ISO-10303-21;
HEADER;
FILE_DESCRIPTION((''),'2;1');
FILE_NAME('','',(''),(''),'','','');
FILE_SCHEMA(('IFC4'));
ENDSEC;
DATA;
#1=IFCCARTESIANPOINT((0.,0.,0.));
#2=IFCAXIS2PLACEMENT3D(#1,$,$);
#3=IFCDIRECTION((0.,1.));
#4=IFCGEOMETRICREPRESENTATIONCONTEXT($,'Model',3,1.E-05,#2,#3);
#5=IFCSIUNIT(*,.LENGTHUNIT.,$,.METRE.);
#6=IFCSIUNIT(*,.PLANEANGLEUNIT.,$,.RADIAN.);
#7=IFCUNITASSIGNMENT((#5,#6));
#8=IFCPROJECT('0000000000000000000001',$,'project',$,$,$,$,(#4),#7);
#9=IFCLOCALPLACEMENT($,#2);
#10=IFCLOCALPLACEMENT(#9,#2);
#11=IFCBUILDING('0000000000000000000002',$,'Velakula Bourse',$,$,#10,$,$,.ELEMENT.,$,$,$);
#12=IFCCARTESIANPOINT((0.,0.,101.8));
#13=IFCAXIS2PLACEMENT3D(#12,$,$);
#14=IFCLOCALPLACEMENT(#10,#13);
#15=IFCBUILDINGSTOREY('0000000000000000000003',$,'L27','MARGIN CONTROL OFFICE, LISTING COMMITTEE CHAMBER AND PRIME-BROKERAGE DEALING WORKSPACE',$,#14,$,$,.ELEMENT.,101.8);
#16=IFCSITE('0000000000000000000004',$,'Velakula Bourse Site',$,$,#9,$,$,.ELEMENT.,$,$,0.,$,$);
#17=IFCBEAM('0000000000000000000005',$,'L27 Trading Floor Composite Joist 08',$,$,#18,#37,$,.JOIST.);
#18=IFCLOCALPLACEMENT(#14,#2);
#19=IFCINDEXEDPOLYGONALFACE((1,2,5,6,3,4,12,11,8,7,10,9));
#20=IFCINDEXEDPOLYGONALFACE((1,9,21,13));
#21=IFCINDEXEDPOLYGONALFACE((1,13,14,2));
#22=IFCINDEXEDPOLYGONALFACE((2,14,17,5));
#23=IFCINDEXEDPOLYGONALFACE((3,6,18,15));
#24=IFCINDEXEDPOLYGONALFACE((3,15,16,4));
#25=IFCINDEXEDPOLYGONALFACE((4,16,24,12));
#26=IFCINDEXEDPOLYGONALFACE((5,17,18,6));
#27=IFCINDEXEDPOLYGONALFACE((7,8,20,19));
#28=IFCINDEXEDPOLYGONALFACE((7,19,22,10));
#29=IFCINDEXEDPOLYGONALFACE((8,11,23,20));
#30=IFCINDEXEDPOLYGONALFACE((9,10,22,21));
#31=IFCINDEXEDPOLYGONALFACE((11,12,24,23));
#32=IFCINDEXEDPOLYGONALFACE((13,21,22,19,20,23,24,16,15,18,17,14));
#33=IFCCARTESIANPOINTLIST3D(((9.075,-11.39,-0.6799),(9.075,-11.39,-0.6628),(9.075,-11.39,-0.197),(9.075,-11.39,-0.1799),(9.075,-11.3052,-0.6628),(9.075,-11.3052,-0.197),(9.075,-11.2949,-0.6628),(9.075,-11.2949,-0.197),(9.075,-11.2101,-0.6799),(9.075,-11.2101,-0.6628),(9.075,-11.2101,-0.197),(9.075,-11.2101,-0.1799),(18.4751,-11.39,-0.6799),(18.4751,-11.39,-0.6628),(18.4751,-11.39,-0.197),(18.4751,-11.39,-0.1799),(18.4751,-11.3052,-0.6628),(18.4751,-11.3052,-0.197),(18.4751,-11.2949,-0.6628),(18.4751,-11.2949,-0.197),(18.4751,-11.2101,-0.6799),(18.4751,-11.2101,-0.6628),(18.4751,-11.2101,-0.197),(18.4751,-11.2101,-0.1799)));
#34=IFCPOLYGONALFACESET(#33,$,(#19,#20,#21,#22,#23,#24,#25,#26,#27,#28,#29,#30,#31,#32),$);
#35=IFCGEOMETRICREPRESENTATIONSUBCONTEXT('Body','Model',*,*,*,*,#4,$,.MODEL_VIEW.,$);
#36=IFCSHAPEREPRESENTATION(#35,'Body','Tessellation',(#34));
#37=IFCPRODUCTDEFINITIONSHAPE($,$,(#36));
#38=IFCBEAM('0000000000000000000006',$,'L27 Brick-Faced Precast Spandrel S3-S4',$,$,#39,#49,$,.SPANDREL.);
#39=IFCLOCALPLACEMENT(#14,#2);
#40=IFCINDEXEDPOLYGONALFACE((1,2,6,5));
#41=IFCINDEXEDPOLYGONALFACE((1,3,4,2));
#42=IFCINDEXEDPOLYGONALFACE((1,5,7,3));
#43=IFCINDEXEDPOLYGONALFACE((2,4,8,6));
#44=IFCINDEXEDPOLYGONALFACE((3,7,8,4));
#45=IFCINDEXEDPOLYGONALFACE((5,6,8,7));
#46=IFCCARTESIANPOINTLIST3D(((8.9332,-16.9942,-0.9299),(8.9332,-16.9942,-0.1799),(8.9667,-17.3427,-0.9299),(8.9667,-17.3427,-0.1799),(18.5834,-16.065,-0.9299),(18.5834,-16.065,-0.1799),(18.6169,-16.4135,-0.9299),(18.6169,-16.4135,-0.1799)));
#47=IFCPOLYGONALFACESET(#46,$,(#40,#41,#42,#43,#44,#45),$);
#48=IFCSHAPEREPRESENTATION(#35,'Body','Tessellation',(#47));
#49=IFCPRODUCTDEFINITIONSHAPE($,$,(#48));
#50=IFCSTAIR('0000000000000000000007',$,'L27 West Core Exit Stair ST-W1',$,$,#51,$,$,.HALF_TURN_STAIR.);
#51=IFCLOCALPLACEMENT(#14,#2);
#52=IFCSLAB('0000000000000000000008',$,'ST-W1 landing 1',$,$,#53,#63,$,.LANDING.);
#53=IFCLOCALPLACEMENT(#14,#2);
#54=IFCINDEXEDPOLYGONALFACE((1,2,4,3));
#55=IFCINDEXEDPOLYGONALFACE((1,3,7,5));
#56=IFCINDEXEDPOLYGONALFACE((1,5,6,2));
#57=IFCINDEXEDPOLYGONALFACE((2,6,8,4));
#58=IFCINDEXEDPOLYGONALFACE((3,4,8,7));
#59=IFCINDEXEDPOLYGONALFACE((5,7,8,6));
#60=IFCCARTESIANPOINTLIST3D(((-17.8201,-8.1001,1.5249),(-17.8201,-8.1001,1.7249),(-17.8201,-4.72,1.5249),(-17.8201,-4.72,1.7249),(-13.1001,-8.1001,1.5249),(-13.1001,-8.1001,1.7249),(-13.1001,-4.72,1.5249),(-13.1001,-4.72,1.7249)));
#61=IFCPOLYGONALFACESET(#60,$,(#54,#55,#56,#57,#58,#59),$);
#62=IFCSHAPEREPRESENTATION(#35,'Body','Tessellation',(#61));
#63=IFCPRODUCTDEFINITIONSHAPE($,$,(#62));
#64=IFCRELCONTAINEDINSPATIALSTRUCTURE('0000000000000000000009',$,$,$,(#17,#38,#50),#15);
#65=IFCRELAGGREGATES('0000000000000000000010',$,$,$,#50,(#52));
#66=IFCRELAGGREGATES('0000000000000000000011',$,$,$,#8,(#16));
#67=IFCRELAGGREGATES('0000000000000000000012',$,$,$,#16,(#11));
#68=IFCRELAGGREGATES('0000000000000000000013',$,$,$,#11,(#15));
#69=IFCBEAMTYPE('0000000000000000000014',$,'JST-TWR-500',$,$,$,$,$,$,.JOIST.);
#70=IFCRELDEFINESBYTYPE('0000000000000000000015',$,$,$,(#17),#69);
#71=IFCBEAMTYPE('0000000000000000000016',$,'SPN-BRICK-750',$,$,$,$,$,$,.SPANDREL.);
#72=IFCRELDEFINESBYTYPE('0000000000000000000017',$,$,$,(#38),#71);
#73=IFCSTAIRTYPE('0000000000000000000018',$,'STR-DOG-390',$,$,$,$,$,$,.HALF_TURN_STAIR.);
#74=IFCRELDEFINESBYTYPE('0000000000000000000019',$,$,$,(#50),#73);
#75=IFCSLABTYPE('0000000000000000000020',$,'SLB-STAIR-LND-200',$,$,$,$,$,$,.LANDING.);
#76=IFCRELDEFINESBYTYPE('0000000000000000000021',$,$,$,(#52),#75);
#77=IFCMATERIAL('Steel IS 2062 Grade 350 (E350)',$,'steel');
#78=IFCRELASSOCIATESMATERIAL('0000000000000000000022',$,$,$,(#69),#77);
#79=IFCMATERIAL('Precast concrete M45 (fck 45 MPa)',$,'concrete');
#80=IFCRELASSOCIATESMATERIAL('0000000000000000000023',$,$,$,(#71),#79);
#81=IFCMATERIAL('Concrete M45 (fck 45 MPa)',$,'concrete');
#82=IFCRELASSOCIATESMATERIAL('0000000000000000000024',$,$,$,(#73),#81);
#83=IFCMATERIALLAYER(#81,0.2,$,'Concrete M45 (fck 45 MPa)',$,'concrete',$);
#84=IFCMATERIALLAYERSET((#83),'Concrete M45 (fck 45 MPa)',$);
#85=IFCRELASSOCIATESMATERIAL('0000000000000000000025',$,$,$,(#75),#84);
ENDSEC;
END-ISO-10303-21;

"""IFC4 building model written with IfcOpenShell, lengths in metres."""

from ifc_helpers import new_model, si_unit, direction, frame, origin, origin_2d, place, context, subcontext, project, spatial, polyline, rectangle, i_section, outline, extrude, material, layer, layer_set, material_profile, profile_set, type_object, element, aggregate, save


model = new_model("IFC4")

# Units and contexts
model_context = context("Model", 3, precision=1e-05, world=origin(), true_north=direction((0.0, 1.0)))
body_context = subcontext(model_context, "Body", "Model", "MODEL_VIEW")
ifc_project = project(units=[si_unit("LENGTHUNIT", "METRE"), si_unit("PLANEANGLEUNIT", "RADIAN")], contexts=[model_context])

# Site, building, storey
site_placement = place(None, origin())
site = spatial("IfcSite", under=ifc_project, at=site_placement, Name="Velakula Bourse Site", CompositionType="ELEMENT", RefElevation=0.0)
building_placement = place(site_placement, origin())
building = spatial("IfcBuilding", under=site, at=building_placement, Name="Velakula Bourse", CompositionType="ELEMENT")
storey_placement = place(building_placement, frame((0.0, 0.0, 101.8)))
storey = spatial("IfcBuildingStorey", under=building, at=storey_placement, Name="L27", Description="MARGIN CONTROL OFFICE, LISTING COMMITTEE CHAMBER AND PRIME-BROKERAGE DEALING WORKSPACE", CompositionType="ELEMENT", Elevation=101.8)

# Beams
ifc_material_1 = material(Name="Steel IS 2062 Grade 350 (E350)", Category="steel")
ifc_material_profile_1 = material_profile(ifc_material_1, i_section(OverallWidth=0.1799, OverallDepth=0.5, WebThickness=0.0103, FlangeThickness=0.0171, at=origin_2d()), Name="Steel IS 2062 Grade 350 (E350)")
ifc_profile_set_1 = profile_set([ifc_material_profile_1], Name="Steel IS 2062 Grade 350 (E350)")
beam_type_1 = type_object("IfcBeamType", Name="JST-TWR-500", PredefinedType="JOIST", material=ifc_profile_set_1)
beam_1_placement = place(storey_placement, frame((9.075, -11.3, -0.4299), z_axis=(1.0, 0.0, 0.0), x_axis=(0.0, 1.0, 0.0)))
element("IfcBeam", 1, at=beam_1_placement, inside=storey, type_object=beam_type_1, Name="L27 Trading Floor Composite Joist 08", PredefinedType="JOIST", context=body_context, shape_type="SweptSolid", body=[
    extrude(i_section(OverallWidth=0.1799, OverallDepth=0.5, WebThickness=0.0103, FlangeThickness=0.0171, at=origin_2d()), origin(), (0.0, 0.0, 1.0), 9.4001),
])
ifc_material_2 = material(Name="Precast concrete M45 (fck 45 MPa)", Category="concrete")
ifc_material_profile_2 = material_profile(ifc_material_2, rectangle(XDim=0.3501, YDim=0.75, at=origin_2d()), Name="Precast concrete M45 (fck 45 MPa)")
ifc_profile_set_2 = profile_set([ifc_material_profile_2], Name="Precast concrete M45 (fck 45 MPa)")
beam_type_2 = type_object("IfcBeamType", Name="SPN-BRICK-750", PredefinedType="SPANDREL", material=ifc_profile_set_2)
beam_2_placement = place(storey_placement, frame((8.95, -17.1685, -0.5549), z_axis=(0.995396, 0.095845, 0.0), x_axis=(-0.095845, 0.995396, 0.0)))
element("IfcBeam", 2, at=beam_2_placement, inside=storey, type_object=beam_type_2, Name="L27 Brick-Faced Precast Spandrel S3-S4", PredefinedType="SPANDREL", context=body_context, shape_type="SweptSolid", body=[
    extrude(rectangle(XDim=0.3501, YDim=0.75, at=origin_2d()), origin(), (0.0, 0.0, 1.0), 9.6948),
])

# Stair, slab
ifc_material_3 = material(Name="Concrete M45 (fck 45 MPa)", Category="concrete")
stair_type = type_object("IfcStairType", Name="STR-DOG-390", PredefinedType="HALF_TURN_STAIR", material=ifc_material_3)
stair_placement = place(storey_placement, origin())
stair = element("IfcStair", 3, at=stair_placement, inside=storey, type_object=stair_type, Name="L27 West Core Exit Stair ST-W1", PredefinedType="HALF_TURN_STAIR")
ifc_layer_1 = layer(ifc_material_3, 0.2, Name="Concrete M45 (fck 45 MPa)", Category="concrete")
ifc_layer_set_1 = layer_set([ifc_layer_1], Name="Concrete M45 (fck 45 MPa)")
slab_type_1 = type_object("IfcSlabType", Name="SLB-STAIR-LND-200", PredefinedType="LANDING", material=ifc_layer_set_1)
slab_1_placement = place(storey_placement, frame((0.0, 0.0, 1.5249)))
slab_1 = element("IfcSlab", 4, at=slab_1_placement, type_object=slab_type_1, Name="ST-W1 landing 1", PredefinedType="LANDING", context=body_context, shape_type="SweptSolid", body=[
    extrude(outline(polyline([(-17.8201, -4.72), (-17.8201, -8.1001), (-13.1001, -8.1001), (-13.1001, -4.72), (-17.8201, -4.72)])), origin(), (0.0, 0.0, 1.0), 0.2),
])
aggregate(stair, [slab_1])

save(model, "model.ifc")
